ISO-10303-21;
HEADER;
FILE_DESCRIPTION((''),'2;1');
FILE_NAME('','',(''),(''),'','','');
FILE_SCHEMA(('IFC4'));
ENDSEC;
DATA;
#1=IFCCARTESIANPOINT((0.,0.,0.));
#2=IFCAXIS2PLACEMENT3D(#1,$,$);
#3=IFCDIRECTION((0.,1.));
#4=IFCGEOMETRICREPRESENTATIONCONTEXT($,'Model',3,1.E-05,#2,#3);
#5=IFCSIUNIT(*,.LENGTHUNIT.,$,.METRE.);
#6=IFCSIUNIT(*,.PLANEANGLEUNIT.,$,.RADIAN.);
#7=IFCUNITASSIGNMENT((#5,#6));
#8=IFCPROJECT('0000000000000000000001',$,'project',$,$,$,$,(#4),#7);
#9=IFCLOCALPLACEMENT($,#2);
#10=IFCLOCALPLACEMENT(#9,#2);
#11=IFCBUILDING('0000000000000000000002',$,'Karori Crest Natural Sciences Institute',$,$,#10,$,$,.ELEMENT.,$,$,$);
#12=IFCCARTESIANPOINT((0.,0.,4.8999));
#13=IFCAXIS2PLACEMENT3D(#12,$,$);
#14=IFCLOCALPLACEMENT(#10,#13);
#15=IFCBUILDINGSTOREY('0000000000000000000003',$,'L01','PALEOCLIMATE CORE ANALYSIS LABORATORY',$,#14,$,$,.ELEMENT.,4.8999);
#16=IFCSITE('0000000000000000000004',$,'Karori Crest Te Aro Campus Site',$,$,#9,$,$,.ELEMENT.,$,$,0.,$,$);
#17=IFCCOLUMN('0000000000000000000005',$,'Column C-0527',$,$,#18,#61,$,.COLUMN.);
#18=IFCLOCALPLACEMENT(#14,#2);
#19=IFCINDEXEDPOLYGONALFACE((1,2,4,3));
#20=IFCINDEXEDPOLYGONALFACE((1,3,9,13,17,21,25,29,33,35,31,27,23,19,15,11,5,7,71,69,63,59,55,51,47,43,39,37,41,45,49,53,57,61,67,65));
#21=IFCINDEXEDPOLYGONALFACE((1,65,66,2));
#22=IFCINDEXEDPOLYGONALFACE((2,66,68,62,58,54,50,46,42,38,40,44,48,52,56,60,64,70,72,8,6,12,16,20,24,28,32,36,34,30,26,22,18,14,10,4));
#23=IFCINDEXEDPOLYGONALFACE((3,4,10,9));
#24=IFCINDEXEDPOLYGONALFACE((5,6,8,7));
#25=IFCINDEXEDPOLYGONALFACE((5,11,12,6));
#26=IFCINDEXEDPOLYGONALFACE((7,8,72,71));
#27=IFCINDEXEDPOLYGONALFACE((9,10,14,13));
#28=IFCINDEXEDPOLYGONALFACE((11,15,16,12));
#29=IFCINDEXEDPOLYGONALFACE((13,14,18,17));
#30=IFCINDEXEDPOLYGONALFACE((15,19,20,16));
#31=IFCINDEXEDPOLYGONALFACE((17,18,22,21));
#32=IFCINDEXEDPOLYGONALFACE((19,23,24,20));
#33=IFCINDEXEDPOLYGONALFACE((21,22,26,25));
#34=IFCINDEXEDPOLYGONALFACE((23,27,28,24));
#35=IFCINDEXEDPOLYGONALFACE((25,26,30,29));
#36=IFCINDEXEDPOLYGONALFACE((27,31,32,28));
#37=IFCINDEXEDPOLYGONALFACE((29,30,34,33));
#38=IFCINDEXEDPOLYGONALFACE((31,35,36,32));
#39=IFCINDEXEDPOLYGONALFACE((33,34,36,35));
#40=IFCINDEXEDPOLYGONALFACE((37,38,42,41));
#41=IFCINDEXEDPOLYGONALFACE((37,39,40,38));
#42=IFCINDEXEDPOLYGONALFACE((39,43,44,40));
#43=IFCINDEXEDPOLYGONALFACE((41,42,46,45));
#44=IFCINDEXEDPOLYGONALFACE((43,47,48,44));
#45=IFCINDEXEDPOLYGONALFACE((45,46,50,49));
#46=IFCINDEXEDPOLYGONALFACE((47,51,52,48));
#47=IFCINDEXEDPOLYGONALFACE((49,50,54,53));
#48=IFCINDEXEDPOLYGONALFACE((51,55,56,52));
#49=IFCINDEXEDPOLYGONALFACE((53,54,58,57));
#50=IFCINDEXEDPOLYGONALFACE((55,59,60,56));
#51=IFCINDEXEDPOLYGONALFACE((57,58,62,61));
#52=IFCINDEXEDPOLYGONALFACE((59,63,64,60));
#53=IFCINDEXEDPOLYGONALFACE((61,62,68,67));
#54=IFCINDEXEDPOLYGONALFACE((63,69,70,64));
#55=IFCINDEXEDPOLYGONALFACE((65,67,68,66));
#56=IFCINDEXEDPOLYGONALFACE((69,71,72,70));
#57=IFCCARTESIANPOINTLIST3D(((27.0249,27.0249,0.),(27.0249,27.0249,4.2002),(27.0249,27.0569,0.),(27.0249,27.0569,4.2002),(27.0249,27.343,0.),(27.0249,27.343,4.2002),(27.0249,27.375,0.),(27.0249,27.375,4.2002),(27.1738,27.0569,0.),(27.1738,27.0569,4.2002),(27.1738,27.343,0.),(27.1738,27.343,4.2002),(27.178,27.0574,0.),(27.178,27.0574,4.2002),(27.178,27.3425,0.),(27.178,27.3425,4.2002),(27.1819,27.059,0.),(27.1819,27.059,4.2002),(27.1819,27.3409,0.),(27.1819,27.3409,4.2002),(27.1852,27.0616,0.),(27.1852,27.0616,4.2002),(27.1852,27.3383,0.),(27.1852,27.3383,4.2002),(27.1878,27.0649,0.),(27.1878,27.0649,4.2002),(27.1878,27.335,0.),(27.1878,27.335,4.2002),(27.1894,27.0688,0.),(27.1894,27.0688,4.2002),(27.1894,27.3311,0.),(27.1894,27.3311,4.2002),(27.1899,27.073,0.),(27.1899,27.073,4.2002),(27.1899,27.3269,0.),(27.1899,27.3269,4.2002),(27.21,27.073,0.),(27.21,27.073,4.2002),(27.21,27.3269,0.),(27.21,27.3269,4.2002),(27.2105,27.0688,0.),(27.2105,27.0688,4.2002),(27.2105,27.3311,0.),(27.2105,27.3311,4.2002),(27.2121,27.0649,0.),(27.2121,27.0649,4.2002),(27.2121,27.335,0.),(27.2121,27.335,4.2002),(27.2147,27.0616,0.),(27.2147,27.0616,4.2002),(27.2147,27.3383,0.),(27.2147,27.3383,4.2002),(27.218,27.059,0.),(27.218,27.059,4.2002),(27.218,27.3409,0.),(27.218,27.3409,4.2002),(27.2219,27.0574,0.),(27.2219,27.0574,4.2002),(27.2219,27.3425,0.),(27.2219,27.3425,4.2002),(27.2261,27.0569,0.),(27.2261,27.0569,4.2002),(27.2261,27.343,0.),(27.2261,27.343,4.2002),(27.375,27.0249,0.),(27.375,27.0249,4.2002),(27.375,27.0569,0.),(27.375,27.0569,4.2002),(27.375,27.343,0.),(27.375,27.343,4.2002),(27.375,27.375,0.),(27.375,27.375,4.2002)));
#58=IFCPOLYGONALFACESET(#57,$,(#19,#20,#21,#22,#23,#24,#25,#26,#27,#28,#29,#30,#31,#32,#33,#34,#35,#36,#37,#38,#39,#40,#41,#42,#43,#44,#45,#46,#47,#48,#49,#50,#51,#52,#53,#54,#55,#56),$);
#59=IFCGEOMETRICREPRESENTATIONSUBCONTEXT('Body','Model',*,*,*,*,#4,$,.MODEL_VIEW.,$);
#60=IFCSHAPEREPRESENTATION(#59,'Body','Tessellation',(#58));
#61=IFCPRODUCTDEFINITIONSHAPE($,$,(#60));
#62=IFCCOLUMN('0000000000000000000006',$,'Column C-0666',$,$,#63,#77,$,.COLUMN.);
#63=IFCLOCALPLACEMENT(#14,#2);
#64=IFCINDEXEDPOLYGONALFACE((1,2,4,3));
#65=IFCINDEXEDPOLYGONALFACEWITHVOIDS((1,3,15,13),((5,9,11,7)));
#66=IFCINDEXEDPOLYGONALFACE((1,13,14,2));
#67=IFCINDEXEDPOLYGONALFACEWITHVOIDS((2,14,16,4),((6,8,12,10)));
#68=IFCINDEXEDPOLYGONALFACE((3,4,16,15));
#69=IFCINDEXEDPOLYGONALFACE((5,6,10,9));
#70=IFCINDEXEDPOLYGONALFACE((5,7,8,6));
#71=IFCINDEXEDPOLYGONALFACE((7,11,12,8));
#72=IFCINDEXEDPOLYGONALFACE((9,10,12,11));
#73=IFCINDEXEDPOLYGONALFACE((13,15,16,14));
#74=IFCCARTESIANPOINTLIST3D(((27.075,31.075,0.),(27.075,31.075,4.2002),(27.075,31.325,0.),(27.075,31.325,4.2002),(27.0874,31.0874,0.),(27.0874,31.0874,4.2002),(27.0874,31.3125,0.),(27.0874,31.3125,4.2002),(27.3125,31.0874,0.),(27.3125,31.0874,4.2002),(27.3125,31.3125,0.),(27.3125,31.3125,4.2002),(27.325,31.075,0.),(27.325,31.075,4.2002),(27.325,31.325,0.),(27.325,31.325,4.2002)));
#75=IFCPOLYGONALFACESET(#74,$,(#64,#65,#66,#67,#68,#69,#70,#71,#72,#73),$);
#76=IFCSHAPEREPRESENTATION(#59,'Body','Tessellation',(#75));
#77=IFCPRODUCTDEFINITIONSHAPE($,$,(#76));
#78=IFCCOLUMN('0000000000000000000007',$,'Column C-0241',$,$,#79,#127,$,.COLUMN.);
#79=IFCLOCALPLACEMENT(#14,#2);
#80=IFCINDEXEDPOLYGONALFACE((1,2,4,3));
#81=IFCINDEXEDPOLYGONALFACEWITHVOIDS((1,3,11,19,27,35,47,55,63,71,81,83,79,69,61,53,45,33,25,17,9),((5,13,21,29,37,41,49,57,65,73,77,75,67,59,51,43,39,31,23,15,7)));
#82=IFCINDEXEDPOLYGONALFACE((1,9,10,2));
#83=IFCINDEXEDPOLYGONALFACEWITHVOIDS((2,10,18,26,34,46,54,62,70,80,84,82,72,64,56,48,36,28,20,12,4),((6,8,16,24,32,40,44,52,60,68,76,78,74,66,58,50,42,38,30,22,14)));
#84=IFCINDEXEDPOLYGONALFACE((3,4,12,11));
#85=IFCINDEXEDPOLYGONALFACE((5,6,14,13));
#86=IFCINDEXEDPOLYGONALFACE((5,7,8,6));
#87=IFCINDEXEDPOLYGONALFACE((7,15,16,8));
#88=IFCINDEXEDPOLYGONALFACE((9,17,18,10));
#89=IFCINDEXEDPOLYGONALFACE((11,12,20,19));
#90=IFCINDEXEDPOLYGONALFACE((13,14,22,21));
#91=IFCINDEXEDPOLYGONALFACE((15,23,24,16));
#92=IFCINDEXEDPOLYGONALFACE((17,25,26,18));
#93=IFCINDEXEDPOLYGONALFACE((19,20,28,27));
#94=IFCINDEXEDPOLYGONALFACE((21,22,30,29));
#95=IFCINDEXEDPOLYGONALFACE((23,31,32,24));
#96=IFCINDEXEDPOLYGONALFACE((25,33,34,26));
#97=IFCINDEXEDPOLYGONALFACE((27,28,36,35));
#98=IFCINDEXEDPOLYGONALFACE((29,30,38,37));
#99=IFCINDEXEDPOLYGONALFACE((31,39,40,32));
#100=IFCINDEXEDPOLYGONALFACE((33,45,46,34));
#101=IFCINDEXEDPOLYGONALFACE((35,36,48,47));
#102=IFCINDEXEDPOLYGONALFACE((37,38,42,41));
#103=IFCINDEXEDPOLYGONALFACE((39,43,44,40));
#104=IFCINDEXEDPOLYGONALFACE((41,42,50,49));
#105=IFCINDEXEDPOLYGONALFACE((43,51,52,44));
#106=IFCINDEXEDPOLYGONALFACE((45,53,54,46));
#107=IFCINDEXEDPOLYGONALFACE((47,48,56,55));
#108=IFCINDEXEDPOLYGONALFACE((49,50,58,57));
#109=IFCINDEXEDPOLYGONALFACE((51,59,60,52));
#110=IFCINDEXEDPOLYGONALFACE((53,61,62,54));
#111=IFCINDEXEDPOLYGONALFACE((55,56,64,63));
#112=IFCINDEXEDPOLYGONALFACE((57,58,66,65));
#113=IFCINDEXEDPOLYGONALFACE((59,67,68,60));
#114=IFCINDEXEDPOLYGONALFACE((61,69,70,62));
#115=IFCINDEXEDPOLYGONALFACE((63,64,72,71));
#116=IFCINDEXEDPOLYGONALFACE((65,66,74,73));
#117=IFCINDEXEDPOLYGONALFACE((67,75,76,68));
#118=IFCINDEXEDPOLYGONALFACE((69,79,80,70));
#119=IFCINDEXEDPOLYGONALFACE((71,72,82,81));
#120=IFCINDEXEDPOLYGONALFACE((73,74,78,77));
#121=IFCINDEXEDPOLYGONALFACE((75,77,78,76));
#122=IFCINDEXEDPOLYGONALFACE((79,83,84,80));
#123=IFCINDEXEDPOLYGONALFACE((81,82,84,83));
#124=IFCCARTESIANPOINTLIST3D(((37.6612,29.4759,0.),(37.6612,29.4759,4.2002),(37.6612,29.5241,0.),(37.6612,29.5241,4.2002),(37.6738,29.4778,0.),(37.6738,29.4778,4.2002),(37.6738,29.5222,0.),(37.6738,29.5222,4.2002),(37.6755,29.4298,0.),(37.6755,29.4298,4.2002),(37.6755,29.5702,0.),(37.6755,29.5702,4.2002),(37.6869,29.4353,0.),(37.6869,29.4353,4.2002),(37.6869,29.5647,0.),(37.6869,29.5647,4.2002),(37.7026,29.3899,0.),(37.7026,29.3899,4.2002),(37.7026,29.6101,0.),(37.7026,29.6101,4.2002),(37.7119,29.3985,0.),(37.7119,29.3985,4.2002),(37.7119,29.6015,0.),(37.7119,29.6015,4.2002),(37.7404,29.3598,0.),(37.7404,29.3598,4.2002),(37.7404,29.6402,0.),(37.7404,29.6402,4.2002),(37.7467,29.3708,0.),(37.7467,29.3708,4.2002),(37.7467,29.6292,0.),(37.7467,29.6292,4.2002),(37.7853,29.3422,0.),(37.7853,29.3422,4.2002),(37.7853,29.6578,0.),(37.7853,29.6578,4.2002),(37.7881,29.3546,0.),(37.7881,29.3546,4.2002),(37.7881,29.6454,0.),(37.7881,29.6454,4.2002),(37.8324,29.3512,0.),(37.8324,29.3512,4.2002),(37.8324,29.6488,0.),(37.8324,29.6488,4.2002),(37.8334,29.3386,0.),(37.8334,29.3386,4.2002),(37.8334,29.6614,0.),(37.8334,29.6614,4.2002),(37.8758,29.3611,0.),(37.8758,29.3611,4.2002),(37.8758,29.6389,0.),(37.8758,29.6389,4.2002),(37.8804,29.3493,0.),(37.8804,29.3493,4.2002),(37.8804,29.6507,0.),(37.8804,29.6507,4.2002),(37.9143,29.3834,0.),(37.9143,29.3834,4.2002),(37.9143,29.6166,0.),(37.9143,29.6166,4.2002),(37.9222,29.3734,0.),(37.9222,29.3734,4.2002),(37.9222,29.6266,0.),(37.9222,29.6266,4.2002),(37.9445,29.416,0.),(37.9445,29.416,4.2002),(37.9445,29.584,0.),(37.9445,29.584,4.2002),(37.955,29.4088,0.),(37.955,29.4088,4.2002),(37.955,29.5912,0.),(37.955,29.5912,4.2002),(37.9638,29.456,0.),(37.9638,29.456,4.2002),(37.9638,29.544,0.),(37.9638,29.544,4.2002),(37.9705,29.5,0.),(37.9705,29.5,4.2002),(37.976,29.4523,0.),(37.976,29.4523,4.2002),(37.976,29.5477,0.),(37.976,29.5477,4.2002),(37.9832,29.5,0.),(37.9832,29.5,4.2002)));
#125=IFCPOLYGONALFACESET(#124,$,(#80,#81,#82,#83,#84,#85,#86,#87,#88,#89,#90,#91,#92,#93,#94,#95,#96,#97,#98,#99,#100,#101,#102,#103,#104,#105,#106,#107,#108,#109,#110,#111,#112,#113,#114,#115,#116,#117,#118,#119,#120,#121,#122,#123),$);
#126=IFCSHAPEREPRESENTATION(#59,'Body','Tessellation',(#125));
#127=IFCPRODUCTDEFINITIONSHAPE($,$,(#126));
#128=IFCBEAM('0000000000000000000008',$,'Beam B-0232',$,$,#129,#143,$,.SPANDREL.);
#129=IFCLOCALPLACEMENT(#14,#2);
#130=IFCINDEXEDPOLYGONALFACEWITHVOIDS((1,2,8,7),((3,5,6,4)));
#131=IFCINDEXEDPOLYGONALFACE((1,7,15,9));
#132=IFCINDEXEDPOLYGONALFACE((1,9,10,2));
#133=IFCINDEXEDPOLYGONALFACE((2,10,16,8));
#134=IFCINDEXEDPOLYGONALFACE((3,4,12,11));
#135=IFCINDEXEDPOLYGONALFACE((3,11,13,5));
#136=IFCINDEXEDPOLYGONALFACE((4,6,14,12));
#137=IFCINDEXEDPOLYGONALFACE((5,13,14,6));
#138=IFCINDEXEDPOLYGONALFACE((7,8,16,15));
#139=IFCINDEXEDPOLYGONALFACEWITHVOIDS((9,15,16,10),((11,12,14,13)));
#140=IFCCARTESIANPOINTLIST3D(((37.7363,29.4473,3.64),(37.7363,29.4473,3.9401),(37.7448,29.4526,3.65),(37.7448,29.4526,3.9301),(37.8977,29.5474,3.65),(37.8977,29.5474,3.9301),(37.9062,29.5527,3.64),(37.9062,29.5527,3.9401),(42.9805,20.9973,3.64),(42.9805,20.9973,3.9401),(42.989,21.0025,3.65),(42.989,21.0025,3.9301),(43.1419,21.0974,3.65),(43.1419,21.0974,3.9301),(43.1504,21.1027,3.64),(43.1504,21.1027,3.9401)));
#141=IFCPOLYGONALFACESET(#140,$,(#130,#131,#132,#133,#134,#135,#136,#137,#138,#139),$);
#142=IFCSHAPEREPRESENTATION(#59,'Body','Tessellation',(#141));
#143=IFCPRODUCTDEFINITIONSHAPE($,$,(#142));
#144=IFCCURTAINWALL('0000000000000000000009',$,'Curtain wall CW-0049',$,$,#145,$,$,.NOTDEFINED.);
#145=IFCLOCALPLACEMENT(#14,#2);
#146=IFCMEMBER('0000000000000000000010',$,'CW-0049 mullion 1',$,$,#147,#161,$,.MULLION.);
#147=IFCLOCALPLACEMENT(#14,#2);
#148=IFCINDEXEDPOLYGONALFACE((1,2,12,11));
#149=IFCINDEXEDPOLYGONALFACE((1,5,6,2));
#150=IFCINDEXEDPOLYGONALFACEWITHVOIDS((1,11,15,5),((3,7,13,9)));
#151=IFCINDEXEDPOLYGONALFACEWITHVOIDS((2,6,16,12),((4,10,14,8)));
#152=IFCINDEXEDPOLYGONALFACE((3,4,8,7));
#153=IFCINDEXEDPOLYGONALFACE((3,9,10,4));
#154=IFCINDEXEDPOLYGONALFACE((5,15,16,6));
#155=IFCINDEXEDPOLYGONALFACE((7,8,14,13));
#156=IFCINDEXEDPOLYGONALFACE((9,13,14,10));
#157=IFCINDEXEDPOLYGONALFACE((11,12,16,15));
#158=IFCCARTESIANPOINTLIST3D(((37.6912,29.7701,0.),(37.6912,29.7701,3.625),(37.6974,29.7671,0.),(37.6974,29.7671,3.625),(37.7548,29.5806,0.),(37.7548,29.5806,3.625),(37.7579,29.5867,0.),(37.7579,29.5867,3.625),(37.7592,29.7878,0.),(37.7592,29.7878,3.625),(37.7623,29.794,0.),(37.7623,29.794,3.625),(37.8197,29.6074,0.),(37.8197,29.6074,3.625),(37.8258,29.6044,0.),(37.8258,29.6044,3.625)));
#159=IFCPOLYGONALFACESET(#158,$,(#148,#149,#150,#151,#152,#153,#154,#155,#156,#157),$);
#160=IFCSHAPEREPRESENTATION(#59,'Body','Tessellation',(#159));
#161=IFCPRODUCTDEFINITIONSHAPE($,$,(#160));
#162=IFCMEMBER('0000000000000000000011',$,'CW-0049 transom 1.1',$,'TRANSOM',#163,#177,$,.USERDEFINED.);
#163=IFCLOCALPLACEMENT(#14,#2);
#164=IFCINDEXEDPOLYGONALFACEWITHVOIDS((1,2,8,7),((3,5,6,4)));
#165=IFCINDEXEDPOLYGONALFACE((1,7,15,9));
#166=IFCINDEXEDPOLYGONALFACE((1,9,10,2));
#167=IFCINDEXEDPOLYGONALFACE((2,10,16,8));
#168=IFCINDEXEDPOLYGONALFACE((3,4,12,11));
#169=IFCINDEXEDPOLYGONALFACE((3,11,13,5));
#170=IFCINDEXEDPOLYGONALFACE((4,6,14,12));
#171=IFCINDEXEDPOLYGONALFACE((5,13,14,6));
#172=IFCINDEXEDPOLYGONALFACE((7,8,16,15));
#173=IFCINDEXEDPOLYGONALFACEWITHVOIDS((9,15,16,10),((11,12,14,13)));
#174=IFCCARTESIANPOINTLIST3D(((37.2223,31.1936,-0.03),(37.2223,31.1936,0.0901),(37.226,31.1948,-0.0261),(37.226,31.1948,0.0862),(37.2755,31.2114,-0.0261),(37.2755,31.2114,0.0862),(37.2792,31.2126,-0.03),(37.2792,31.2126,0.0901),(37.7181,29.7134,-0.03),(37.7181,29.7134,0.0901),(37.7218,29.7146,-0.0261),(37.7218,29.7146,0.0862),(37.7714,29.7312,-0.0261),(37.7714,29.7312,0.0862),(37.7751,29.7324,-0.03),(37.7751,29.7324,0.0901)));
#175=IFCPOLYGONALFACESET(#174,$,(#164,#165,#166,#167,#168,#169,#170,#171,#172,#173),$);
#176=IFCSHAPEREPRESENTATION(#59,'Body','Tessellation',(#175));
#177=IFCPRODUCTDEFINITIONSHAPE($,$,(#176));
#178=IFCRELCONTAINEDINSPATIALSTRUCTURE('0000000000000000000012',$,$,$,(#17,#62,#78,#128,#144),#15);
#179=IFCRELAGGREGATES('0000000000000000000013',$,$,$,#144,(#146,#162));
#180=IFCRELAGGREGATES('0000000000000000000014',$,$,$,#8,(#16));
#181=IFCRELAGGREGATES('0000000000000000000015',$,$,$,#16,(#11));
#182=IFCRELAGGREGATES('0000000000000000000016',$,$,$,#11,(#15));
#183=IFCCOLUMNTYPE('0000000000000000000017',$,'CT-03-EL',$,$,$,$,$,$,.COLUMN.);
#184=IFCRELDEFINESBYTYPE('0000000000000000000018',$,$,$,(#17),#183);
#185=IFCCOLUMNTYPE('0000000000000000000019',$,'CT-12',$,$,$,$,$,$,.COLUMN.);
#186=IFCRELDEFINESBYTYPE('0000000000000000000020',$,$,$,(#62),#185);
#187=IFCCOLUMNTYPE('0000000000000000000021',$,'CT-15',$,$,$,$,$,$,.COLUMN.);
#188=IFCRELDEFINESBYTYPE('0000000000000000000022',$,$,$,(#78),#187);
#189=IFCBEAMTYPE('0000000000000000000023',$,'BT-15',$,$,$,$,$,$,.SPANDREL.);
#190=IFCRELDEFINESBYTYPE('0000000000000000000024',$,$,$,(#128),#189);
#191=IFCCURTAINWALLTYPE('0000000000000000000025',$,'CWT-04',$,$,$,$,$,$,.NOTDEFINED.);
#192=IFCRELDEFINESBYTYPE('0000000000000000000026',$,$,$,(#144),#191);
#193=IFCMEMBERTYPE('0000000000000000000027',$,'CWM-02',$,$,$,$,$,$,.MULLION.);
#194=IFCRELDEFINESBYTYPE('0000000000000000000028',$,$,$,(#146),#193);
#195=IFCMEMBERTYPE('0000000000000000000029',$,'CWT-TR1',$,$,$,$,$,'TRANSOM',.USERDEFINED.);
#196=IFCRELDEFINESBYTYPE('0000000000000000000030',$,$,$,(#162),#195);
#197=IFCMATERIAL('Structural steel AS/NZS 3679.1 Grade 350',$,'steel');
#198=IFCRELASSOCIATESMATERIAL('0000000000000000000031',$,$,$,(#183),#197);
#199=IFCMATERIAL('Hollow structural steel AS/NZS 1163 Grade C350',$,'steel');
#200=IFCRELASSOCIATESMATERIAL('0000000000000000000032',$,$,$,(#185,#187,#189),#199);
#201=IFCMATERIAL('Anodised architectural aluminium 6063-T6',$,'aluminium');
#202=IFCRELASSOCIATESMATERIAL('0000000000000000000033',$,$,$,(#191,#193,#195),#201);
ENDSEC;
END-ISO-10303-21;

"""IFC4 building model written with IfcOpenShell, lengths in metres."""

from ifc_helpers import new_model, si_unit, direction, frame, origin, origin_2d, place, context, subcontext, project, spatial, hollow_rectangle, hollow_circle, i_section, extrude, material, material_profile, profile_set, type_object, element, aggregate, save


model = new_model("IFC4")

# Units and contexts
model_context = context("Model", 3, precision=1e-05, world=origin(), true_north=direction((0.0, 1.0)))
body_context = subcontext(model_context, "Body", "Model", "MODEL_VIEW")
ifc_project = project(units=[si_unit("LENGTHUNIT", "METRE"), si_unit("PLANEANGLEUNIT", "RADIAN")], contexts=[model_context])

# Site, building, storey
site_placement = place(None, origin())
site = spatial("IfcSite", under=ifc_project, at=site_placement, Name="Karori Crest Te Aro Campus Site", CompositionType="ELEMENT", RefElevation=0.0)
building_placement = place(site_placement, origin())
building = spatial("IfcBuilding", under=site, at=building_placement, Name="Karori Crest Natural Sciences Institute", CompositionType="ELEMENT")
storey_placement = place(building_placement, frame((0.0, 0.0, 4.8999)))
storey = spatial("IfcBuildingStorey", under=building, at=storey_placement, Name="L01", Description="PALEOCLIMATE CORE ANALYSIS LABORATORY", CompositionType="ELEMENT", Elevation=4.8999)

# Columns
ifc_material_1 = material(Name="Structural steel AS/NZS 3679.1 Grade 350", Category="steel")
ifc_material_profile_1 = material_profile(ifc_material_1, i_section(OverallWidth=0.3501, OverallDepth=0.3501, WebThickness=0.02, FlangeThickness=0.032, FilletRadius=0.0161, at=origin_2d()), Name="350WC280")
ifc_profile_set_1 = profile_set([ifc_material_profile_1], Name="Structural steel AS/NZS 3679.1 Grade 350")
column_type_1 = type_object("IfcColumnType", Name="CT-03-EL", PredefinedType="COLUMN", material=ifc_profile_set_1)
column_1_placement = place(storey_placement, frame((27.2, 27.2, 0.0), z_axis=(0.0, 0.0, 1.0), x_axis=(1.0, 0.0, 0.0)))
element("IfcColumn", 1, at=column_1_placement, inside=storey, type_object=column_type_1, Name="Column C-0527", PredefinedType="COLUMN", context=body_context, shape_type="SweptSolid", body=[
    extrude(i_section(OverallWidth=0.3501, OverallDepth=0.3501, WebThickness=0.02, FlangeThickness=0.032, FilletRadius=0.0161, at=origin_2d()), origin(), (0.0, 0.0, 1.0), 4.2002),
])
ifc_material_2 = material(Name="Hollow structural steel AS/NZS 1163 Grade C350", Category="steel")
ifc_material_profile_2 = material_profile(ifc_material_2, hollow_rectangle(XDim=0.25, YDim=0.25, WallThickness=0.0125, at=origin_2d()), Name="SHS250x250x12.5")
ifc_profile_set_2 = profile_set([ifc_material_profile_2], Name="Hollow structural steel AS/NZS 1163 Grade C350")
column_type_2 = type_object("IfcColumnType", Name="CT-12", PredefinedType="COLUMN", material=ifc_profile_set_2)
column_2_placement = place(storey_placement, frame((27.2, 31.2, 0.0), z_axis=(0.0, 0.0, 1.0), x_axis=(1.0, 0.0, 0.0)))
element("IfcColumn", 2, at=column_2_placement, inside=storey, type_object=column_type_2, Name="Column C-0666", PredefinedType="COLUMN", context=body_context, shape_type="SweptSolid", body=[
    extrude(hollow_rectangle(XDim=0.25, YDim=0.25, WallThickness=0.0125, at=origin_2d()), origin(), (0.0, 0.0, 1.0), 4.2002),
])
ifc_material_profile_3 = material_profile(ifc_material_2, hollow_circle(Radius=0.1619, WallThickness=0.0127, at=origin_2d()), Name="CHS323.9x12.7")
ifc_profile_set_3 = profile_set([ifc_material_profile_3], Name="Hollow structural steel AS/NZS 1163 Grade C350")
column_type_3 = type_object("IfcColumnType", Name="CT-15", PredefinedType="COLUMN", material=ifc_profile_set_3)
column_3_placement = place(storey_placement, frame((37.8213, 29.5, 0.0), z_axis=(0.0, 0.0, 1.0), x_axis=(1.0, 0.0, 0.0)))
element("IfcColumn", 3, at=column_3_placement, inside=storey, type_object=column_type_3, Name="Column C-0241", PredefinedType="COLUMN", context=body_context, shape_type="SweptSolid", body=[
    extrude(hollow_circle(Radius=0.1619, WallThickness=0.0127, at=origin_2d()), origin(), (0.0, 0.0, 1.0), 4.2002),
])

# Beam
ifc_material_profile_4 = material_profile(ifc_material_2, hollow_rectangle(XDim=0.2, YDim=0.3, WallThickness=0.01, at=origin_2d()), Name="RHS300x200x10")
ifc_profile_set_4 = profile_set([ifc_material_profile_4], Name="Hollow structural steel AS/NZS 1163 Grade C350")
beam_type = type_object("IfcBeamType", Name="BT-15", PredefinedType="SPANDREL", material=ifc_profile_set_4)
beam_placement = place(storey_placement, frame((37.8213, 29.5, 3.79), z_axis=(0.527315, -0.84967, 0.0), x_axis=(0.84967, 0.527315, 0.0)))
element("IfcBeam", 4, at=beam_placement, inside=storey, type_object=beam_type, Name="Beam B-0232", PredefinedType="SPANDREL", context=body_context, shape_type="SweptSolid", body=[
    extrude(hollow_rectangle(XDim=0.2, YDim=0.3, WallThickness=0.01, at=origin_2d()), origin(), (0.0, 0.0, 1.0), 9.9451),
])

# Curtain wall, members
ifc_material_3 = material(Name="Anodised architectural aluminium 6063-T6", Category="aluminium")
curtain_wall_type = type_object("IfcCurtainWallType", Name="CWT-04", PredefinedType="NOTDEFINED", material=ifc_material_3)
curtain_wall_placement = place(storey_placement, origin())
curtain_wall = element("IfcCurtainWall", 5, at=curtain_wall_placement, inside=storey, type_object=curtain_wall_type, Name="Curtain wall CW-0049", PredefinedType="NOTDEFINED")
ifc_material_profile_5 = material_profile(ifc_material_3, hollow_rectangle(XDim=0.075, YDim=0.2, WallThickness=0.0049, at=origin_2d()), Name="CWM200x75x5")
ifc_profile_set_5 = profile_set([ifc_material_profile_5], Name="Anodised architectural aluminium 6063-T6")
member_type_1 = type_object("IfcMemberType", Name="CWM-02", PredefinedType="MULLION", material=ifc_profile_set_5)
member_1_placement = place(storey_placement, frame((37.7585, 29.6873, 0.0), z_axis=(0.0, 0.0, 1.0), x_axis=(-0.948196, -0.317685, 0.0)))
member_1 = element("IfcMember", 6, at=member_1_placement, type_object=member_type_1, Name="CW-0049 mullion 1", PredefinedType="MULLION", context=body_context, shape_type="SweptSolid", body=[
    extrude(hollow_rectangle(XDim=0.075, YDim=0.2, WallThickness=0.0049, at=origin_2d()), origin(), (0.0, 0.0, 1.0), 3.625),
])
ifc_material_profile_6 = material_profile(ifc_material_3, hollow_rectangle(XDim=0.0601, YDim=0.1201, WallThickness=0.0039, at=origin_2d()), Name="CWT120x60x4")
ifc_profile_set_6 = profile_set([ifc_material_profile_6], Name="Anodised architectural aluminium 6063-T6")
member_type_2 = type_object("IfcMemberType", Name="CWT-TR1", ElementType="TRANSOM", PredefinedType="USERDEFINED", material=ifc_profile_set_6)
member_2_placement = place(storey_placement, frame((37.7466, 29.7229, 0.03), z_axis=(-0.317635, 0.948213, 0.0), x_axis=(-0.948213, -0.317635, 0.0)))
member_2 = element("IfcMember", 7, at=member_2_placement, type_object=member_type_2, Name="CW-0049 transom 1.1", ObjectType="TRANSOM", PredefinedType="USERDEFINED", context=body_context, shape_type="SweptSolid", body=[
    extrude(hollow_rectangle(XDim=0.0601, YDim=0.1201, WallThickness=0.0039, at=origin_2d()), origin(), (0.0, 0.0, 1.0), 1.561),
])
aggregate(curtain_wall, [member_1, member_2])

save(model, "model.ifc")
